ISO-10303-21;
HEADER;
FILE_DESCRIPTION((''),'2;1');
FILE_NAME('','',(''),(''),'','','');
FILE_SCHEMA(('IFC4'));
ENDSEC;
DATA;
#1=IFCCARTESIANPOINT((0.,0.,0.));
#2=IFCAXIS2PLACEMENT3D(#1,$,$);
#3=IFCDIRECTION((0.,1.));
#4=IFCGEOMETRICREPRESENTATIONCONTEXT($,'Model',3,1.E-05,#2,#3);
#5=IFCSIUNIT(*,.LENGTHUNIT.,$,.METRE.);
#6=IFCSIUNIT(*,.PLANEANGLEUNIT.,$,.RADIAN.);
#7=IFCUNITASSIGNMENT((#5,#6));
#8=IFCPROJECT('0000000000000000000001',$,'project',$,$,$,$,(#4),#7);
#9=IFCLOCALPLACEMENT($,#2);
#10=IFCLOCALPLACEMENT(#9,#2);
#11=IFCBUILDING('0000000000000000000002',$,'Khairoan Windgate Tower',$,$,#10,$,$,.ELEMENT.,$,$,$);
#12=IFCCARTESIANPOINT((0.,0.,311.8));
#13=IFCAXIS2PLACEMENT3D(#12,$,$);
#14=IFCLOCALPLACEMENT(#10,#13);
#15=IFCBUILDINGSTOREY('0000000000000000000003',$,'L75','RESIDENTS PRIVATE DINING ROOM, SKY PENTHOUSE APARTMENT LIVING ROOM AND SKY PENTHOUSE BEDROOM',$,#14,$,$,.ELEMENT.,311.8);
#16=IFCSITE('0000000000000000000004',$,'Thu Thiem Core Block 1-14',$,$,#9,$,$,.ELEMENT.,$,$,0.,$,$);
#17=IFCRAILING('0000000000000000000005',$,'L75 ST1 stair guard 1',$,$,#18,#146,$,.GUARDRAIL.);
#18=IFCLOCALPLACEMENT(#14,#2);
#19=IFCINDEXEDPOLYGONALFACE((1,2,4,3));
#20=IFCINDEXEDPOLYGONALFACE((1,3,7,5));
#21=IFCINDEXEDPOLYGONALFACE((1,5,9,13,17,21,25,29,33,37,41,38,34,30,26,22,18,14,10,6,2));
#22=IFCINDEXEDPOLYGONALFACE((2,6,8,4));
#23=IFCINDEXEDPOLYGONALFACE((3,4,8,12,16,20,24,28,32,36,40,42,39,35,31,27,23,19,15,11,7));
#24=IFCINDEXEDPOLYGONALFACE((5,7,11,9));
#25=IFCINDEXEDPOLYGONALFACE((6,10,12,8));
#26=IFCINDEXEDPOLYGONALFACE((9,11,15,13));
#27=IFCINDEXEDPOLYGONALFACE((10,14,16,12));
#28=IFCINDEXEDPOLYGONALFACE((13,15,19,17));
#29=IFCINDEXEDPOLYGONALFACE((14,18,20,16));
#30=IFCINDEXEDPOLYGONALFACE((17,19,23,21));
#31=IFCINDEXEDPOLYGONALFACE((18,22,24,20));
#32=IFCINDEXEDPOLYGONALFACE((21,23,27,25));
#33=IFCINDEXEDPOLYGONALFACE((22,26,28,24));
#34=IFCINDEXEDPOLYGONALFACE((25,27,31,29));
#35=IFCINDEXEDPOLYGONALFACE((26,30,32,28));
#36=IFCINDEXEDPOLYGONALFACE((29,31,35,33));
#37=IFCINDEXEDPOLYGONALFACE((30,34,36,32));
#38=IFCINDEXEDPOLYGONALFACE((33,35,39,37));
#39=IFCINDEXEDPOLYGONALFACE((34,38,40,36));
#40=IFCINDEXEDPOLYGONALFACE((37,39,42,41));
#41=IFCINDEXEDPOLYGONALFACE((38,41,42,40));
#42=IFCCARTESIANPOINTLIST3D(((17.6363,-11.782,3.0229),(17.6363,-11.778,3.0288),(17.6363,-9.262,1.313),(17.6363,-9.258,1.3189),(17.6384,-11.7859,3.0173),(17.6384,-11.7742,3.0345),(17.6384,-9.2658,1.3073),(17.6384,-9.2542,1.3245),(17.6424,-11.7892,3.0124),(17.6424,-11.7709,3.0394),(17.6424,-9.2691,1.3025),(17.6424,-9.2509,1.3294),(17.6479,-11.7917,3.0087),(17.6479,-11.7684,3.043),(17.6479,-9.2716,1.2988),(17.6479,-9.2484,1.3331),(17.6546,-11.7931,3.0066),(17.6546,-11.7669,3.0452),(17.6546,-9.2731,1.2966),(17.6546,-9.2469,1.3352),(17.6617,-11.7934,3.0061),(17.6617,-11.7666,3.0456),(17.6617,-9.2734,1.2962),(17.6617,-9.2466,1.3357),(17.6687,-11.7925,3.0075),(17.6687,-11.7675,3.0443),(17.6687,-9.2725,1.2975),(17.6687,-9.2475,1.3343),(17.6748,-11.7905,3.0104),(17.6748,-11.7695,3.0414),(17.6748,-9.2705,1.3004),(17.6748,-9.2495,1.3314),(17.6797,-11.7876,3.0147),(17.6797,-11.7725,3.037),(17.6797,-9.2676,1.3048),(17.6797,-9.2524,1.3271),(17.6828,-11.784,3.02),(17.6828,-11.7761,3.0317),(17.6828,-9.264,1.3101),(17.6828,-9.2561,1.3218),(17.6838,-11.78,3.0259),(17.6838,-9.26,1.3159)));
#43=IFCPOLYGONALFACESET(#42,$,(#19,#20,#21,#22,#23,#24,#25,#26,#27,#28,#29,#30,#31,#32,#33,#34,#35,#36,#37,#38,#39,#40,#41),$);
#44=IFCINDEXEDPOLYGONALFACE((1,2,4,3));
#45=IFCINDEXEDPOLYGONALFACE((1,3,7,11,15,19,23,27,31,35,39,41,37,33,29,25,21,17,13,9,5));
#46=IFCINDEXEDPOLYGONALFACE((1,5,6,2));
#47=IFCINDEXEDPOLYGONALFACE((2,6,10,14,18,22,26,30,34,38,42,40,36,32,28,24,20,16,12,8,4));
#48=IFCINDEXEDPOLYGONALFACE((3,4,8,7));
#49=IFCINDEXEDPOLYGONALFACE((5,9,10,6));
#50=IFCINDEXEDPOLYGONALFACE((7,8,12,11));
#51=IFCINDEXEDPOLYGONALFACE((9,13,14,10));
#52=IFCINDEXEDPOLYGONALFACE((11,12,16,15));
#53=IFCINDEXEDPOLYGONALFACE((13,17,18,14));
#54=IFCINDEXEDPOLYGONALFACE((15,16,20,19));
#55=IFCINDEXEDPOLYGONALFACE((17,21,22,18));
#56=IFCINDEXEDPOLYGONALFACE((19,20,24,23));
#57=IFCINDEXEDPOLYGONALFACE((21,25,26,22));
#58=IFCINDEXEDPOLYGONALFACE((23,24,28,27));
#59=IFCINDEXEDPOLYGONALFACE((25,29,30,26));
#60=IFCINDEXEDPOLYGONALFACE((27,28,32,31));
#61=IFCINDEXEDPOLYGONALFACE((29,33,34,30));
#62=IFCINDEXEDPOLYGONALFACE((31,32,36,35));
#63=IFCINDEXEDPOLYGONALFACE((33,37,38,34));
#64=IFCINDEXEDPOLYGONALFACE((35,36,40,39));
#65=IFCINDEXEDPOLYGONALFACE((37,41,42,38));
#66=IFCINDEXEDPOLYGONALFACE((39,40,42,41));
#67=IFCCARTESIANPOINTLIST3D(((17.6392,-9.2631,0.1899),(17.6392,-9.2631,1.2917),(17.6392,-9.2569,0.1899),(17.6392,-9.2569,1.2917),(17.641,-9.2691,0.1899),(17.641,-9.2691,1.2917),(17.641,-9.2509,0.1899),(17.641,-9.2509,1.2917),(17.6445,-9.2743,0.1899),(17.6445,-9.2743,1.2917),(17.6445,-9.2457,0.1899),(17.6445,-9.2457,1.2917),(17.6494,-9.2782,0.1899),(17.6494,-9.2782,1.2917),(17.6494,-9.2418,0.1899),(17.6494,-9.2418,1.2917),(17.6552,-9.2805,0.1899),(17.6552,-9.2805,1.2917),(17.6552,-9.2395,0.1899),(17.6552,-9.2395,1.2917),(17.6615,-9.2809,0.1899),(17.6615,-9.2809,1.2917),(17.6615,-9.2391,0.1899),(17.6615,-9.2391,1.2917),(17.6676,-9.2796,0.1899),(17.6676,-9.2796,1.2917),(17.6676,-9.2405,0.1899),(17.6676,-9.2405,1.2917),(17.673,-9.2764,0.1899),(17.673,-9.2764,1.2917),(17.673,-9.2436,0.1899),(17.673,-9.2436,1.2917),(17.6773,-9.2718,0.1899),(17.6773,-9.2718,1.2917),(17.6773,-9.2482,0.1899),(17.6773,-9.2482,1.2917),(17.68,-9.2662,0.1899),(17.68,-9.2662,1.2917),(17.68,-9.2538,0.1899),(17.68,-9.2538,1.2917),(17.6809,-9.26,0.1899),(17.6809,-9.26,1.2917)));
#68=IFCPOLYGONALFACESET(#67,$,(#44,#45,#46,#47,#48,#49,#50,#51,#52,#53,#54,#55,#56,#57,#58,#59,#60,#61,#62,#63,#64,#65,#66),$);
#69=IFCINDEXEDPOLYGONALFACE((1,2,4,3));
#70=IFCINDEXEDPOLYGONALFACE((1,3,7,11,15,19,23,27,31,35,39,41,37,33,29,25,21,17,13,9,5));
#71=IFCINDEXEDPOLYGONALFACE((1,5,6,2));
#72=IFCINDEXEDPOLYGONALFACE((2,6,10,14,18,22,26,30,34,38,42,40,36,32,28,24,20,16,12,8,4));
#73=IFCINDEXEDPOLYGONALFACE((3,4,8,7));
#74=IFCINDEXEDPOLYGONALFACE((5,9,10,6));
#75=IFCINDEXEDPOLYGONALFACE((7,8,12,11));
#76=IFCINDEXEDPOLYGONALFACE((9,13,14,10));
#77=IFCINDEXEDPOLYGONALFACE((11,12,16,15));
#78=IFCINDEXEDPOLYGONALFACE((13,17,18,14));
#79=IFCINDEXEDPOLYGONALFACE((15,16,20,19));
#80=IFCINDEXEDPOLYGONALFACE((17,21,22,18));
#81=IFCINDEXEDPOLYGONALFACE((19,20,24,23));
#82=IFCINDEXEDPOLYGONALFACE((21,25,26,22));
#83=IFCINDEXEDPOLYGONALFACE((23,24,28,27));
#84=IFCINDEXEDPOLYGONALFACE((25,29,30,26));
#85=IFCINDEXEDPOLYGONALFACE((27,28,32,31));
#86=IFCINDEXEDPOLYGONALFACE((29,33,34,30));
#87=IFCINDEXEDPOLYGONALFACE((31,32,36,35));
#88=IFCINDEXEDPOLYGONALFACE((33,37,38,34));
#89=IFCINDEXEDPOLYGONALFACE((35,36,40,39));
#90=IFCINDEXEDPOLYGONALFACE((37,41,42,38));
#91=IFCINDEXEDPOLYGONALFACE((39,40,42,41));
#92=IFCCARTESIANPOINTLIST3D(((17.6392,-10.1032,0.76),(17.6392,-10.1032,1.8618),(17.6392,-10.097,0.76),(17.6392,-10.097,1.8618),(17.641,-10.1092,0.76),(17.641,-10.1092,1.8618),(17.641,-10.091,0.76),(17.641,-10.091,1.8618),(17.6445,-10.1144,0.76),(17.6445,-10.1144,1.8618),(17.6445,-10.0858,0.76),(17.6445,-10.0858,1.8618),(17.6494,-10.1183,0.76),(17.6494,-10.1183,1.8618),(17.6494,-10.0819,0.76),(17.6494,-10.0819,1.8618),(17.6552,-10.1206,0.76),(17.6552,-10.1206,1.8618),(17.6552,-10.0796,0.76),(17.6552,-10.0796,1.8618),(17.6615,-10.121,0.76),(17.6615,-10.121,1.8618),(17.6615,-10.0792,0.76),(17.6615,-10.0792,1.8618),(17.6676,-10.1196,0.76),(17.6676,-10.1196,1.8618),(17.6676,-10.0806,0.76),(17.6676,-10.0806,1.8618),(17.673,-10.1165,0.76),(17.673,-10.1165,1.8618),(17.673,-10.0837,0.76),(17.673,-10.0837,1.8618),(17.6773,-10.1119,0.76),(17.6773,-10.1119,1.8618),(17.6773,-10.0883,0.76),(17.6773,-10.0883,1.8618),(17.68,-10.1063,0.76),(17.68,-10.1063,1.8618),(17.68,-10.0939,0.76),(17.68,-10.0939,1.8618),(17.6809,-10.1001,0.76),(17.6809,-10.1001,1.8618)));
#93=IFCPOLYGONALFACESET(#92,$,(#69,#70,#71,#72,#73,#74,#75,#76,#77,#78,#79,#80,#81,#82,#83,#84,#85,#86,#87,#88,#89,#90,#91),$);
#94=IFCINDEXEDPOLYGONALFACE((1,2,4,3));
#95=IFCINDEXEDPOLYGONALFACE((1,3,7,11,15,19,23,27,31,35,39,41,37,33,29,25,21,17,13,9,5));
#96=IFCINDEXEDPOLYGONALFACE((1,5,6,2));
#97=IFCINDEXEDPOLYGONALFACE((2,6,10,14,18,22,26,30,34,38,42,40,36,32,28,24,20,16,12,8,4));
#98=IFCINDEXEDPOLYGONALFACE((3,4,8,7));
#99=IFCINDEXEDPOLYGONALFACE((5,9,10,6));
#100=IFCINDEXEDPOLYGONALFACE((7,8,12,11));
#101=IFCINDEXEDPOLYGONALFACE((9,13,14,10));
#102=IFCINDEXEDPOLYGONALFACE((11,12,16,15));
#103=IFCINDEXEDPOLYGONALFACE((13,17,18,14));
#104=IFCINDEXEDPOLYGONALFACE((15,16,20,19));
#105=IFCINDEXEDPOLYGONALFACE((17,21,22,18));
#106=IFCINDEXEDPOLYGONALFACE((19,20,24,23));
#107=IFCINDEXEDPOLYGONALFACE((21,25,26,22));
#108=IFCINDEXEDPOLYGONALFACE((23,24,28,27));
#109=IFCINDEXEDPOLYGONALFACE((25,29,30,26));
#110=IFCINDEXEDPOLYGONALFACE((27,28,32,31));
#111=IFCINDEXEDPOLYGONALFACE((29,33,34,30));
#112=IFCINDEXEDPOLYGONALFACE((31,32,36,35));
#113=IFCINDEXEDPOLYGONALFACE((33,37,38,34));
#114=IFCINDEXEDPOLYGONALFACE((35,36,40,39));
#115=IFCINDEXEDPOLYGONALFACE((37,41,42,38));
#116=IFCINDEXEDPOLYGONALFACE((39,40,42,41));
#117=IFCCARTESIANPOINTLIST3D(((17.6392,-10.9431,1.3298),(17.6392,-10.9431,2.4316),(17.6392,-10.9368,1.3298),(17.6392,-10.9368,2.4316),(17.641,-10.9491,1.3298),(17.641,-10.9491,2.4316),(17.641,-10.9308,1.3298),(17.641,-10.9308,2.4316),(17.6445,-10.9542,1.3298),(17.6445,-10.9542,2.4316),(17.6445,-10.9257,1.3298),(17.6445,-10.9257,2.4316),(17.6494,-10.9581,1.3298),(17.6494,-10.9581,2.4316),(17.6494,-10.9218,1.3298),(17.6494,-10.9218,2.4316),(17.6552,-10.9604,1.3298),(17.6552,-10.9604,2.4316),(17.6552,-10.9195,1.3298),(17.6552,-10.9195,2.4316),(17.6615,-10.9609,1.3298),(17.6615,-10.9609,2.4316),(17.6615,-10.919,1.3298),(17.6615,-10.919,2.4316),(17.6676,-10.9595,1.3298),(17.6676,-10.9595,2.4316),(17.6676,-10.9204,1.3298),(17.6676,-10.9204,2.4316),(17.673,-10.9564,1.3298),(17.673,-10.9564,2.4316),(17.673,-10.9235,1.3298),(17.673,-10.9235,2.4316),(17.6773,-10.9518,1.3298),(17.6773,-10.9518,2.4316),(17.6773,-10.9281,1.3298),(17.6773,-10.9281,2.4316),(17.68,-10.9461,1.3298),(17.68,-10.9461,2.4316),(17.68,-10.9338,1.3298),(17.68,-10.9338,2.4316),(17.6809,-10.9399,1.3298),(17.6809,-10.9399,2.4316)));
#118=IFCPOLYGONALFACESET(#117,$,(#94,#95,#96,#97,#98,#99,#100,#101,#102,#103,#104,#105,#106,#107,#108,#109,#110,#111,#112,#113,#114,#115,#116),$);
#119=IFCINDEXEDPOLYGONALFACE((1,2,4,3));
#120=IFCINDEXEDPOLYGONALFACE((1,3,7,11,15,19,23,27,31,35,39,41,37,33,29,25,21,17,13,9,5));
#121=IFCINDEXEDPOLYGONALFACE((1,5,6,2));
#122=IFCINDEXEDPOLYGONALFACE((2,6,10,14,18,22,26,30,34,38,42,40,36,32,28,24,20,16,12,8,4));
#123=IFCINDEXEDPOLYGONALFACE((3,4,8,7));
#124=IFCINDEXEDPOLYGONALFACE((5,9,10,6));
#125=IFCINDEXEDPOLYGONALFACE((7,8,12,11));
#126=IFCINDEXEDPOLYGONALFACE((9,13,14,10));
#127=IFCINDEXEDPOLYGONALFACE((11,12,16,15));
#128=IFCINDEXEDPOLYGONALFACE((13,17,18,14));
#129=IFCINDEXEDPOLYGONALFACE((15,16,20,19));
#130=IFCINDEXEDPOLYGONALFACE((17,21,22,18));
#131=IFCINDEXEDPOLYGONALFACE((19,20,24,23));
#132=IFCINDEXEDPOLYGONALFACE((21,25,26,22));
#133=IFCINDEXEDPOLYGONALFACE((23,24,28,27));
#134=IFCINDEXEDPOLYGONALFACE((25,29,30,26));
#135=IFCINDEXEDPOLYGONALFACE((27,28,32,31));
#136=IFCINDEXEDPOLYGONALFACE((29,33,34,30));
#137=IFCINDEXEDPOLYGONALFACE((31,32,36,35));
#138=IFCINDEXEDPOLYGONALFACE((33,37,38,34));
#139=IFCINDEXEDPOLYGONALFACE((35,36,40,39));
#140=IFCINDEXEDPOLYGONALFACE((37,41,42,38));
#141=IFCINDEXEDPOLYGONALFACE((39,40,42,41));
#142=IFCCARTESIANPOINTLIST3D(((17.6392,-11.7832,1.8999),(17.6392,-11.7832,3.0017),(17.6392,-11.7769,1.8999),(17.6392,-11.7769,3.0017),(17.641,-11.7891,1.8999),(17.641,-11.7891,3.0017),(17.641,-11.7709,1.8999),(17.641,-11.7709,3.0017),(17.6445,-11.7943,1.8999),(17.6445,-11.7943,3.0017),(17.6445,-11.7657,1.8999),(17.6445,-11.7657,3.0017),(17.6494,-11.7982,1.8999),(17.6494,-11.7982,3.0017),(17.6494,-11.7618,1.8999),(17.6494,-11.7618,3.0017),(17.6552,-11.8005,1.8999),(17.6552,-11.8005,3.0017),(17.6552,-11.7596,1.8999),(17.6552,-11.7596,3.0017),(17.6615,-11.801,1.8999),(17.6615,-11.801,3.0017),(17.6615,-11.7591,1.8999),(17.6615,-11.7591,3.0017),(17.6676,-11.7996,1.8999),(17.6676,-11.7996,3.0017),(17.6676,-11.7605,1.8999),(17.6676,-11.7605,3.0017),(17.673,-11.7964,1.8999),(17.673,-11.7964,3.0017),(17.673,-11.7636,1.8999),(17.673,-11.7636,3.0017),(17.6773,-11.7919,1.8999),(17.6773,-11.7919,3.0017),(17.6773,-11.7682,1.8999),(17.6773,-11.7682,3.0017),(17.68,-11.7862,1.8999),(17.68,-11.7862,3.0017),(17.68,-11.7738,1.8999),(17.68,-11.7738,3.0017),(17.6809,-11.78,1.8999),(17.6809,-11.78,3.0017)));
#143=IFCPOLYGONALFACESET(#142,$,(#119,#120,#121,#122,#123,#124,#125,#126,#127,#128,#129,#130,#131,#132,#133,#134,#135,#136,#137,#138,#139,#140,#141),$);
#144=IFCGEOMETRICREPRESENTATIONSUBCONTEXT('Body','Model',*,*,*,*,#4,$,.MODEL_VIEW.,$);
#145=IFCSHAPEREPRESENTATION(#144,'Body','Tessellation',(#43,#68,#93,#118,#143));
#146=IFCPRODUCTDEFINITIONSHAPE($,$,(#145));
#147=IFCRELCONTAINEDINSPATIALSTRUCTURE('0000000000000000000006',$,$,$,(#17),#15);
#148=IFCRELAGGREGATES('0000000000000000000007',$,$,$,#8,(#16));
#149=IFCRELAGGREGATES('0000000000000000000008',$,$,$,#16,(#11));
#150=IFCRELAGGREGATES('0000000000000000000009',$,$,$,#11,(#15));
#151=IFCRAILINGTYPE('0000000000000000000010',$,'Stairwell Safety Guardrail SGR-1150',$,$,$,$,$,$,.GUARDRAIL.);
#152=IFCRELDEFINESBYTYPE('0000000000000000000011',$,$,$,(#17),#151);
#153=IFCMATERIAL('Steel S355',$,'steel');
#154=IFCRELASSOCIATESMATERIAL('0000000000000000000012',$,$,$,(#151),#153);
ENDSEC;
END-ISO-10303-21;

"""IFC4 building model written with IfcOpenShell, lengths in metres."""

from ifc_helpers import new_model, si_unit, direction, frame, origin, origin_2d, place, context, subcontext, project, spatial, circle, extrude, material, type_object, element, save


model = new_model("IFC4")

# Units and contexts
model_context = context("Model", 3, precision=1e-05, world=origin(), true_north=direction((0.0, 1.0)))
body_context = subcontext(model_context, "Body", "Model", "MODEL_VIEW")
ifc_project = project(units=[si_unit("LENGTHUNIT", "METRE"), si_unit("PLANEANGLEUNIT", "RADIAN")], contexts=[model_context])

# Site, building, storey
site_placement = place(None, origin())
site = spatial("IfcSite", under=ifc_project, at=site_placement, Name="Thu Thiem Core Block 1-14", CompositionType="ELEMENT", RefElevation=0.0)
building_placement = place(site_placement, origin())
building = spatial("IfcBuilding", under=site, at=building_placement, Name="Khairoan Windgate Tower", CompositionType="ELEMENT")
storey_placement = place(building_placement, frame((0.0, 0.0, 311.8)))
storey = spatial("IfcBuildingStorey", under=building, at=storey_placement, Name="L75", Description="RESIDENTS PRIVATE DINING ROOM, SKY PENTHOUSE APARTMENT LIVING ROOM AND SKY PENTHOUSE BEDROOM", CompositionType="ELEMENT", Elevation=311.8)

# Railing
ifc_material_1 = material(Name="Steel S355", Category="steel")
railing_type_1 = type_object("IfcRailingType", Name="Stairwell Safety Guardrail SGR-1150", PredefinedType="GUARDRAIL", material=ifc_material_1)
railing_1_placement = place(storey_placement, frame((17.6599, -9.26, 0.1899)))
element("IfcRailing", 1, at=railing_1_placement, inside=storey, type_object=railing_type_1, Name="L75 ST1 stair guard 1", PredefinedType="GUARDRAIL", context=body_context, shape_type="SweptSolid", body=[
    extrude(circle(Radius=0.0239, at=origin_2d()), frame((0.0, 0.0, 1.126), z_axis=(0.0, -0.827484, 0.56149), x_axis=(1.0, 0.0, 0.0)), (0.0, 0.0, 1.0), 3.0454),
    extrude(circle(Radius=0.021, at=origin_2d()), origin(), (0.0, 0.0, 1.0), 1.1018),
    extrude(circle(Radius=0.021, at=origin_2d()), frame((0.0, -0.8401, 0.5701)), (0.0, 0.0, 1.0), 1.1018),
    extrude(circle(Radius=0.021, at=origin_2d()), frame((0.0, -1.6799, 1.1399)), (0.0, 0.0, 1.0), 1.1018),
    extrude(circle(Radius=0.021, at=origin_2d()), frame((0.0, -2.52, 1.71)), (0.0, 0.0, 1.0), 1.1018),
])

save(model, "model.ifc")
